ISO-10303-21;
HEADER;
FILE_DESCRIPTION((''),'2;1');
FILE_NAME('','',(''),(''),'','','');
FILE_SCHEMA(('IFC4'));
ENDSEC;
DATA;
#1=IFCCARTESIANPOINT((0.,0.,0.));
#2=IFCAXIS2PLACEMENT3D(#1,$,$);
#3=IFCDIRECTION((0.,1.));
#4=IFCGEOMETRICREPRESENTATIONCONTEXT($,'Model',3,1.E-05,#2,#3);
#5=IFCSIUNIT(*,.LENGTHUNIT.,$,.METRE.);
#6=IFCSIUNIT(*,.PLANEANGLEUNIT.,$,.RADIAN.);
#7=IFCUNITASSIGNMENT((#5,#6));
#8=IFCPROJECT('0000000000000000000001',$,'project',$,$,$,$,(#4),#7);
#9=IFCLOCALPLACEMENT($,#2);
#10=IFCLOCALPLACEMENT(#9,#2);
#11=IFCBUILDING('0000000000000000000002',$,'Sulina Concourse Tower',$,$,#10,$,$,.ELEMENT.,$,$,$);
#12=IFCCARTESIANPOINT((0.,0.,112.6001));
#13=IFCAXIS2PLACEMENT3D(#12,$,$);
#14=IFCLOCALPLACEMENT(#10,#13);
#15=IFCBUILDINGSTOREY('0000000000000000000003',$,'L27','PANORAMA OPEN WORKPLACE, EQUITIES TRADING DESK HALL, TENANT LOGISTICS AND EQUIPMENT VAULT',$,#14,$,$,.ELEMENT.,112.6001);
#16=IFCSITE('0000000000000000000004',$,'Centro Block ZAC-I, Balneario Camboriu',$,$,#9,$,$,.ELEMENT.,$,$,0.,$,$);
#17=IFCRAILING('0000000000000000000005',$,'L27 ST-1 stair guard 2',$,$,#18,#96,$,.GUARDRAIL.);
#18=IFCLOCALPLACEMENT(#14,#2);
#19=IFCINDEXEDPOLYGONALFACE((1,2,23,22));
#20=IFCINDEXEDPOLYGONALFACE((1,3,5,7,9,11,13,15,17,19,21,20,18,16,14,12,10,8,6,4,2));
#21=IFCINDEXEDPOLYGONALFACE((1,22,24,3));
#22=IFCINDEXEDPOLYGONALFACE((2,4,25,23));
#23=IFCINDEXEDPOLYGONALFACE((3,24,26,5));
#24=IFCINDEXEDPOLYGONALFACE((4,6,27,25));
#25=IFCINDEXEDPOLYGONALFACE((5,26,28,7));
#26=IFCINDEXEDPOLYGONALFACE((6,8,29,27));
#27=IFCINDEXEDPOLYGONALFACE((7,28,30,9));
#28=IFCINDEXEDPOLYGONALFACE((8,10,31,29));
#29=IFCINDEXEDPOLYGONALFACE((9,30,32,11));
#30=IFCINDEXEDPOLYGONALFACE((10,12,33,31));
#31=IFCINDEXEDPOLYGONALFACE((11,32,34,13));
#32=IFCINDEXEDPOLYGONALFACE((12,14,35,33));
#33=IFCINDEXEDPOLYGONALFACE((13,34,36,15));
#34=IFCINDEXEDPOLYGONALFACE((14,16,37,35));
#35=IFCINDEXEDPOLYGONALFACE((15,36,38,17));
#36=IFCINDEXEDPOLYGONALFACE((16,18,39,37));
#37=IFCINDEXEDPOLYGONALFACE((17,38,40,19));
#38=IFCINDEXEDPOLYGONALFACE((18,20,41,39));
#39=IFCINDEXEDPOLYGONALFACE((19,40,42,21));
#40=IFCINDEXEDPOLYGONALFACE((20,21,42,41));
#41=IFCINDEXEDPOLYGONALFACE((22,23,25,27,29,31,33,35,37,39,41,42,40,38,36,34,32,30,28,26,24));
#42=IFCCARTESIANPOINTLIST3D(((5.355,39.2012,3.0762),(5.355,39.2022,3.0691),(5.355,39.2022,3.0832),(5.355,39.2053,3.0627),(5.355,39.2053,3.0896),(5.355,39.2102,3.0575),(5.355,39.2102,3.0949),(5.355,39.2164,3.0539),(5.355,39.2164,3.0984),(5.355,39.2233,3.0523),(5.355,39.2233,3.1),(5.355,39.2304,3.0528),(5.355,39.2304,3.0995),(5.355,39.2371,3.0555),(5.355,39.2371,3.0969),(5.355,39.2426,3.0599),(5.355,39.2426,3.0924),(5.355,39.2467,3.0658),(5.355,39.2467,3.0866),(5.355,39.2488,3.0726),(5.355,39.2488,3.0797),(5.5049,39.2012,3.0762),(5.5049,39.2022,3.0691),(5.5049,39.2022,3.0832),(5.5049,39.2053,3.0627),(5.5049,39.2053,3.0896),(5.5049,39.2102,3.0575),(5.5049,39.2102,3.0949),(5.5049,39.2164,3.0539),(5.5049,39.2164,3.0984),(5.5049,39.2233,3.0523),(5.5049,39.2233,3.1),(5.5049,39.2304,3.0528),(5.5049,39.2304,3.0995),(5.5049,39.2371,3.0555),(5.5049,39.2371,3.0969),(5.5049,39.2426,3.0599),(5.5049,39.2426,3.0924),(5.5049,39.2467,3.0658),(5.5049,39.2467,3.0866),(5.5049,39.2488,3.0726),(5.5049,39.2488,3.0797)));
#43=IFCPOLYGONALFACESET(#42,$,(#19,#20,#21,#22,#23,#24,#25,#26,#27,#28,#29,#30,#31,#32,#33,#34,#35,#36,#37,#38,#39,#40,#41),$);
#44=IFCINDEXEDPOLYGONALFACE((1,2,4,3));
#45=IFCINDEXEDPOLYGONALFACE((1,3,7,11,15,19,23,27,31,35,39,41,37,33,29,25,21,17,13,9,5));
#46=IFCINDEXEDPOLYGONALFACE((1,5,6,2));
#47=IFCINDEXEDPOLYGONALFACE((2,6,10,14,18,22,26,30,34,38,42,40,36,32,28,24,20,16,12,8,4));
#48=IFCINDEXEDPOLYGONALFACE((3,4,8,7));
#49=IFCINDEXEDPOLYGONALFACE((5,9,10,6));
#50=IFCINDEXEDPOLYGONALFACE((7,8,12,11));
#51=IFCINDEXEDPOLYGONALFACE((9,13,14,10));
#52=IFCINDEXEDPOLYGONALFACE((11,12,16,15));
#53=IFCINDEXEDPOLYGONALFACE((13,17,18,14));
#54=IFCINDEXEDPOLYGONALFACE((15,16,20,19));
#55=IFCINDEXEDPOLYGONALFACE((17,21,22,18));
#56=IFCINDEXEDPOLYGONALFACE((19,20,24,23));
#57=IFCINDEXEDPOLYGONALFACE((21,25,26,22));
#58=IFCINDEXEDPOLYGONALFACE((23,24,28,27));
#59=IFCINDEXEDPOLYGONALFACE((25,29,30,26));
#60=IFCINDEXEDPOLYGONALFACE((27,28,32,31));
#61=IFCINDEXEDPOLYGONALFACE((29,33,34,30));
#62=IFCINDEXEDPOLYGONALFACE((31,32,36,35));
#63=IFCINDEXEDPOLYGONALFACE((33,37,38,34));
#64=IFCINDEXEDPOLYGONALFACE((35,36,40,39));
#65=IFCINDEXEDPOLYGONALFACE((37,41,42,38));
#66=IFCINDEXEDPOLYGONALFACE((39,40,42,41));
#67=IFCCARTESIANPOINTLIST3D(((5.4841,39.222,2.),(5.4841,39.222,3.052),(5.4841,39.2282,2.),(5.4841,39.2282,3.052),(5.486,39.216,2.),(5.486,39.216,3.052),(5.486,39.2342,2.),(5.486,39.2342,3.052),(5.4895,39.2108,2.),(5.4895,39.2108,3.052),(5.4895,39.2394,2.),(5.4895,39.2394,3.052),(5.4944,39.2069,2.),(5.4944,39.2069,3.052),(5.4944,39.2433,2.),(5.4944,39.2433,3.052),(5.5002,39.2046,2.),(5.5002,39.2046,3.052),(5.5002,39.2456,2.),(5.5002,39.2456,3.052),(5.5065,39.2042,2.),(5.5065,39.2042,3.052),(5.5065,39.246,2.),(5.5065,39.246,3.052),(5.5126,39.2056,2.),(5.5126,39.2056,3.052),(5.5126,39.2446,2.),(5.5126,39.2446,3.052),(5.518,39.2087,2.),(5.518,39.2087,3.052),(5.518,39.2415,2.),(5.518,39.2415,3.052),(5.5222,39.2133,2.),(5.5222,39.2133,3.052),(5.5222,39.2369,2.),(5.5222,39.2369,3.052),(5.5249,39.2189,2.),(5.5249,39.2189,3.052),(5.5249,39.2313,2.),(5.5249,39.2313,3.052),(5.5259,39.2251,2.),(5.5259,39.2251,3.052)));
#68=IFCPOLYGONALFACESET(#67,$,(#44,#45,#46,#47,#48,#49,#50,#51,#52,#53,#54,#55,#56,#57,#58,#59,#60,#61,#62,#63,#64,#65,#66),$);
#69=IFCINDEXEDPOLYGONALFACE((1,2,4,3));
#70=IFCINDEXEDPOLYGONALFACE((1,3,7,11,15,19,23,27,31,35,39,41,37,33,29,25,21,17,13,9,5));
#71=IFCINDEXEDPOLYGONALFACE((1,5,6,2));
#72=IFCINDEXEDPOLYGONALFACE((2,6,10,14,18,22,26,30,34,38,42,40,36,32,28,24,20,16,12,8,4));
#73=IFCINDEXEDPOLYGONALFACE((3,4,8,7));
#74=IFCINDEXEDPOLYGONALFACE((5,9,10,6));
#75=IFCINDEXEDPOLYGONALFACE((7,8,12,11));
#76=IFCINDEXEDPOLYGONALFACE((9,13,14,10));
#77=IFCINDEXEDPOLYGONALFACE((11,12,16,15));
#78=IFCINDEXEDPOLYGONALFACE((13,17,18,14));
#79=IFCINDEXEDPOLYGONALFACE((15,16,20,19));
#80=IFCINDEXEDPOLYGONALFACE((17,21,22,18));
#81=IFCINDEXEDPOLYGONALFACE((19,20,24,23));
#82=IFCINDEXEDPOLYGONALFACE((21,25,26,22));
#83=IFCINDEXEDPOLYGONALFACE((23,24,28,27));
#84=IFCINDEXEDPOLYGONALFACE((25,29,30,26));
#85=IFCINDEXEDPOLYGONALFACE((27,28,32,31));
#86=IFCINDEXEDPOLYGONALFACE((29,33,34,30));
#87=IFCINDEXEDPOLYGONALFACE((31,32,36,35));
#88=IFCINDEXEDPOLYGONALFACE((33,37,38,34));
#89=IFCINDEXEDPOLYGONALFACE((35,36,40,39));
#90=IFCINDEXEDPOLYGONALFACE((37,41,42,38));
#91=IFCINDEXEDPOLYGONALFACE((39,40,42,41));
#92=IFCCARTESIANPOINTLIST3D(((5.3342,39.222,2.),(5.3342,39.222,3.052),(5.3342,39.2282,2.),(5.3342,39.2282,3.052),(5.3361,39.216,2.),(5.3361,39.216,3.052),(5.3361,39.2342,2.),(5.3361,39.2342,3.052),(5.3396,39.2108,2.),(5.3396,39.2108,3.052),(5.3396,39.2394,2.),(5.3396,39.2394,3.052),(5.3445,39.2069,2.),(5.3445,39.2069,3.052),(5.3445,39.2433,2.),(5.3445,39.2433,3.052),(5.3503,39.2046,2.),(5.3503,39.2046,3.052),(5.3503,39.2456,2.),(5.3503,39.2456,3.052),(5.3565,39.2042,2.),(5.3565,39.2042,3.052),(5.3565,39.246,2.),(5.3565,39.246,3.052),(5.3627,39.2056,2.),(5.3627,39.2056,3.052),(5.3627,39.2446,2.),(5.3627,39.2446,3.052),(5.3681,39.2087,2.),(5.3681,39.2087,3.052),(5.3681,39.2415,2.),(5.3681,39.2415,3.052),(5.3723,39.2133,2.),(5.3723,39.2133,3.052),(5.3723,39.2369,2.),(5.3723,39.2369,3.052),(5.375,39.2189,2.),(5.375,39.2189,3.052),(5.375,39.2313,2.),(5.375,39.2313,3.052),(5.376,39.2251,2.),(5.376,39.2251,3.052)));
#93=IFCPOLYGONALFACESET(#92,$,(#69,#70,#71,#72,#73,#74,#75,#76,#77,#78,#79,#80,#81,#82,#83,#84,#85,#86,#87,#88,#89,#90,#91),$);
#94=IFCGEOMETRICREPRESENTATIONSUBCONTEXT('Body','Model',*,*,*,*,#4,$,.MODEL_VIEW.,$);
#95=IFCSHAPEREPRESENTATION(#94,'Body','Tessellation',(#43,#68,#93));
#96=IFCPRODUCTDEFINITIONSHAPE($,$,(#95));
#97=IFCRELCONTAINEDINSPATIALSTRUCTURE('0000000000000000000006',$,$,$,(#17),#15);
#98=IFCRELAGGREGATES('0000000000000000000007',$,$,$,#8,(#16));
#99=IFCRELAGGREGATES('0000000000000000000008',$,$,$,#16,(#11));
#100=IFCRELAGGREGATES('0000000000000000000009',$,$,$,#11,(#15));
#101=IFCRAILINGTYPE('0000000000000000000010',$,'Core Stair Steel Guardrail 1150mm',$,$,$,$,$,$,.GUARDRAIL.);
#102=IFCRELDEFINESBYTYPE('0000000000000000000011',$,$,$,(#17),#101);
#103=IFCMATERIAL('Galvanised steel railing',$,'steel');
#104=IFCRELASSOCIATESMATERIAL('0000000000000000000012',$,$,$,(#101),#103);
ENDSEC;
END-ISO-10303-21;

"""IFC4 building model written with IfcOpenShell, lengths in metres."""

from ifc_helpers import new_model, si_unit, direction, frame, origin, origin_2d, place, context, subcontext, project, spatial, circle, extrude, material, type_object, element, save


model = new_model("IFC4")

# Units and contexts
model_context = context("Model", 3, precision=1e-05, world=origin(), true_north=direction((0.0, 1.0)))
body_context = subcontext(model_context, "Body", "Model", "MODEL_VIEW")
ifc_project = project(units=[si_unit("LENGTHUNIT", "METRE"), si_unit("PLANEANGLEUNIT", "RADIAN")], contexts=[model_context])

# Site, building, storey
site_placement = place(None, origin())
site = spatial("IfcSite", under=ifc_project, at=site_placement, Name="Centro Block ZAC-I, Balneario Camboriu", CompositionType="ELEMENT", RefElevation=0.0)
building_placement = place(site_placement, origin())
building = spatial("IfcBuilding", under=site, at=building_placement, Name="Sulina Concourse Tower", CompositionType="ELEMENT")
storey_placement = place(building_placement, frame((0.0, 0.0, 112.6001)))
storey = spatial("IfcBuildingStorey", under=building, at=storey_placement, Name="L27", Description="PANORAMA OPEN WORKPLACE, EQUITIES TRADING DESK HALL, TENANT LOGISTICS AND EQUIPMENT VAULT", CompositionType="ELEMENT", Elevation=112.6001)

# Railing
ifc_material_1 = material(Name="Galvanised steel railing", Category="steel")
railing_type_1 = type_object("IfcRailingType", Name="Core Stair Steel Guardrail 1150mm", PredefinedType="GUARDRAIL", material=ifc_material_1)
railing_1_placement = place(storey_placement, frame((5.5049, 39.2251, 2.0)))
element("IfcRailing", 1, at=railing_1_placement, inside=storey, type_object=railing_type_1, Name="L27 ST-1 stair guard 2", PredefinedType="GUARDRAIL", context=body_context, shape_type="SweptSolid", body=[
    extrude(circle(Radius=0.0239, at=origin_2d()), frame((0.0, 0.0, 1.0762), z_axis=(-1.0, 0.0, 0.0), x_axis=(0.0, -1.0, 0.0)), (0.0, 0.0, 1.0), 0.1499),
    extrude(circle(Radius=0.021, at=origin_2d()), origin(), (0.0, 0.0, 1.0), 1.052),
    extrude(circle(Radius=0.021, at=origin_2d()), frame((-0.1499, 0.0, 0.0)), (0.0, 0.0, 1.0), 1.052),
])

save(model, "model.ifc")
